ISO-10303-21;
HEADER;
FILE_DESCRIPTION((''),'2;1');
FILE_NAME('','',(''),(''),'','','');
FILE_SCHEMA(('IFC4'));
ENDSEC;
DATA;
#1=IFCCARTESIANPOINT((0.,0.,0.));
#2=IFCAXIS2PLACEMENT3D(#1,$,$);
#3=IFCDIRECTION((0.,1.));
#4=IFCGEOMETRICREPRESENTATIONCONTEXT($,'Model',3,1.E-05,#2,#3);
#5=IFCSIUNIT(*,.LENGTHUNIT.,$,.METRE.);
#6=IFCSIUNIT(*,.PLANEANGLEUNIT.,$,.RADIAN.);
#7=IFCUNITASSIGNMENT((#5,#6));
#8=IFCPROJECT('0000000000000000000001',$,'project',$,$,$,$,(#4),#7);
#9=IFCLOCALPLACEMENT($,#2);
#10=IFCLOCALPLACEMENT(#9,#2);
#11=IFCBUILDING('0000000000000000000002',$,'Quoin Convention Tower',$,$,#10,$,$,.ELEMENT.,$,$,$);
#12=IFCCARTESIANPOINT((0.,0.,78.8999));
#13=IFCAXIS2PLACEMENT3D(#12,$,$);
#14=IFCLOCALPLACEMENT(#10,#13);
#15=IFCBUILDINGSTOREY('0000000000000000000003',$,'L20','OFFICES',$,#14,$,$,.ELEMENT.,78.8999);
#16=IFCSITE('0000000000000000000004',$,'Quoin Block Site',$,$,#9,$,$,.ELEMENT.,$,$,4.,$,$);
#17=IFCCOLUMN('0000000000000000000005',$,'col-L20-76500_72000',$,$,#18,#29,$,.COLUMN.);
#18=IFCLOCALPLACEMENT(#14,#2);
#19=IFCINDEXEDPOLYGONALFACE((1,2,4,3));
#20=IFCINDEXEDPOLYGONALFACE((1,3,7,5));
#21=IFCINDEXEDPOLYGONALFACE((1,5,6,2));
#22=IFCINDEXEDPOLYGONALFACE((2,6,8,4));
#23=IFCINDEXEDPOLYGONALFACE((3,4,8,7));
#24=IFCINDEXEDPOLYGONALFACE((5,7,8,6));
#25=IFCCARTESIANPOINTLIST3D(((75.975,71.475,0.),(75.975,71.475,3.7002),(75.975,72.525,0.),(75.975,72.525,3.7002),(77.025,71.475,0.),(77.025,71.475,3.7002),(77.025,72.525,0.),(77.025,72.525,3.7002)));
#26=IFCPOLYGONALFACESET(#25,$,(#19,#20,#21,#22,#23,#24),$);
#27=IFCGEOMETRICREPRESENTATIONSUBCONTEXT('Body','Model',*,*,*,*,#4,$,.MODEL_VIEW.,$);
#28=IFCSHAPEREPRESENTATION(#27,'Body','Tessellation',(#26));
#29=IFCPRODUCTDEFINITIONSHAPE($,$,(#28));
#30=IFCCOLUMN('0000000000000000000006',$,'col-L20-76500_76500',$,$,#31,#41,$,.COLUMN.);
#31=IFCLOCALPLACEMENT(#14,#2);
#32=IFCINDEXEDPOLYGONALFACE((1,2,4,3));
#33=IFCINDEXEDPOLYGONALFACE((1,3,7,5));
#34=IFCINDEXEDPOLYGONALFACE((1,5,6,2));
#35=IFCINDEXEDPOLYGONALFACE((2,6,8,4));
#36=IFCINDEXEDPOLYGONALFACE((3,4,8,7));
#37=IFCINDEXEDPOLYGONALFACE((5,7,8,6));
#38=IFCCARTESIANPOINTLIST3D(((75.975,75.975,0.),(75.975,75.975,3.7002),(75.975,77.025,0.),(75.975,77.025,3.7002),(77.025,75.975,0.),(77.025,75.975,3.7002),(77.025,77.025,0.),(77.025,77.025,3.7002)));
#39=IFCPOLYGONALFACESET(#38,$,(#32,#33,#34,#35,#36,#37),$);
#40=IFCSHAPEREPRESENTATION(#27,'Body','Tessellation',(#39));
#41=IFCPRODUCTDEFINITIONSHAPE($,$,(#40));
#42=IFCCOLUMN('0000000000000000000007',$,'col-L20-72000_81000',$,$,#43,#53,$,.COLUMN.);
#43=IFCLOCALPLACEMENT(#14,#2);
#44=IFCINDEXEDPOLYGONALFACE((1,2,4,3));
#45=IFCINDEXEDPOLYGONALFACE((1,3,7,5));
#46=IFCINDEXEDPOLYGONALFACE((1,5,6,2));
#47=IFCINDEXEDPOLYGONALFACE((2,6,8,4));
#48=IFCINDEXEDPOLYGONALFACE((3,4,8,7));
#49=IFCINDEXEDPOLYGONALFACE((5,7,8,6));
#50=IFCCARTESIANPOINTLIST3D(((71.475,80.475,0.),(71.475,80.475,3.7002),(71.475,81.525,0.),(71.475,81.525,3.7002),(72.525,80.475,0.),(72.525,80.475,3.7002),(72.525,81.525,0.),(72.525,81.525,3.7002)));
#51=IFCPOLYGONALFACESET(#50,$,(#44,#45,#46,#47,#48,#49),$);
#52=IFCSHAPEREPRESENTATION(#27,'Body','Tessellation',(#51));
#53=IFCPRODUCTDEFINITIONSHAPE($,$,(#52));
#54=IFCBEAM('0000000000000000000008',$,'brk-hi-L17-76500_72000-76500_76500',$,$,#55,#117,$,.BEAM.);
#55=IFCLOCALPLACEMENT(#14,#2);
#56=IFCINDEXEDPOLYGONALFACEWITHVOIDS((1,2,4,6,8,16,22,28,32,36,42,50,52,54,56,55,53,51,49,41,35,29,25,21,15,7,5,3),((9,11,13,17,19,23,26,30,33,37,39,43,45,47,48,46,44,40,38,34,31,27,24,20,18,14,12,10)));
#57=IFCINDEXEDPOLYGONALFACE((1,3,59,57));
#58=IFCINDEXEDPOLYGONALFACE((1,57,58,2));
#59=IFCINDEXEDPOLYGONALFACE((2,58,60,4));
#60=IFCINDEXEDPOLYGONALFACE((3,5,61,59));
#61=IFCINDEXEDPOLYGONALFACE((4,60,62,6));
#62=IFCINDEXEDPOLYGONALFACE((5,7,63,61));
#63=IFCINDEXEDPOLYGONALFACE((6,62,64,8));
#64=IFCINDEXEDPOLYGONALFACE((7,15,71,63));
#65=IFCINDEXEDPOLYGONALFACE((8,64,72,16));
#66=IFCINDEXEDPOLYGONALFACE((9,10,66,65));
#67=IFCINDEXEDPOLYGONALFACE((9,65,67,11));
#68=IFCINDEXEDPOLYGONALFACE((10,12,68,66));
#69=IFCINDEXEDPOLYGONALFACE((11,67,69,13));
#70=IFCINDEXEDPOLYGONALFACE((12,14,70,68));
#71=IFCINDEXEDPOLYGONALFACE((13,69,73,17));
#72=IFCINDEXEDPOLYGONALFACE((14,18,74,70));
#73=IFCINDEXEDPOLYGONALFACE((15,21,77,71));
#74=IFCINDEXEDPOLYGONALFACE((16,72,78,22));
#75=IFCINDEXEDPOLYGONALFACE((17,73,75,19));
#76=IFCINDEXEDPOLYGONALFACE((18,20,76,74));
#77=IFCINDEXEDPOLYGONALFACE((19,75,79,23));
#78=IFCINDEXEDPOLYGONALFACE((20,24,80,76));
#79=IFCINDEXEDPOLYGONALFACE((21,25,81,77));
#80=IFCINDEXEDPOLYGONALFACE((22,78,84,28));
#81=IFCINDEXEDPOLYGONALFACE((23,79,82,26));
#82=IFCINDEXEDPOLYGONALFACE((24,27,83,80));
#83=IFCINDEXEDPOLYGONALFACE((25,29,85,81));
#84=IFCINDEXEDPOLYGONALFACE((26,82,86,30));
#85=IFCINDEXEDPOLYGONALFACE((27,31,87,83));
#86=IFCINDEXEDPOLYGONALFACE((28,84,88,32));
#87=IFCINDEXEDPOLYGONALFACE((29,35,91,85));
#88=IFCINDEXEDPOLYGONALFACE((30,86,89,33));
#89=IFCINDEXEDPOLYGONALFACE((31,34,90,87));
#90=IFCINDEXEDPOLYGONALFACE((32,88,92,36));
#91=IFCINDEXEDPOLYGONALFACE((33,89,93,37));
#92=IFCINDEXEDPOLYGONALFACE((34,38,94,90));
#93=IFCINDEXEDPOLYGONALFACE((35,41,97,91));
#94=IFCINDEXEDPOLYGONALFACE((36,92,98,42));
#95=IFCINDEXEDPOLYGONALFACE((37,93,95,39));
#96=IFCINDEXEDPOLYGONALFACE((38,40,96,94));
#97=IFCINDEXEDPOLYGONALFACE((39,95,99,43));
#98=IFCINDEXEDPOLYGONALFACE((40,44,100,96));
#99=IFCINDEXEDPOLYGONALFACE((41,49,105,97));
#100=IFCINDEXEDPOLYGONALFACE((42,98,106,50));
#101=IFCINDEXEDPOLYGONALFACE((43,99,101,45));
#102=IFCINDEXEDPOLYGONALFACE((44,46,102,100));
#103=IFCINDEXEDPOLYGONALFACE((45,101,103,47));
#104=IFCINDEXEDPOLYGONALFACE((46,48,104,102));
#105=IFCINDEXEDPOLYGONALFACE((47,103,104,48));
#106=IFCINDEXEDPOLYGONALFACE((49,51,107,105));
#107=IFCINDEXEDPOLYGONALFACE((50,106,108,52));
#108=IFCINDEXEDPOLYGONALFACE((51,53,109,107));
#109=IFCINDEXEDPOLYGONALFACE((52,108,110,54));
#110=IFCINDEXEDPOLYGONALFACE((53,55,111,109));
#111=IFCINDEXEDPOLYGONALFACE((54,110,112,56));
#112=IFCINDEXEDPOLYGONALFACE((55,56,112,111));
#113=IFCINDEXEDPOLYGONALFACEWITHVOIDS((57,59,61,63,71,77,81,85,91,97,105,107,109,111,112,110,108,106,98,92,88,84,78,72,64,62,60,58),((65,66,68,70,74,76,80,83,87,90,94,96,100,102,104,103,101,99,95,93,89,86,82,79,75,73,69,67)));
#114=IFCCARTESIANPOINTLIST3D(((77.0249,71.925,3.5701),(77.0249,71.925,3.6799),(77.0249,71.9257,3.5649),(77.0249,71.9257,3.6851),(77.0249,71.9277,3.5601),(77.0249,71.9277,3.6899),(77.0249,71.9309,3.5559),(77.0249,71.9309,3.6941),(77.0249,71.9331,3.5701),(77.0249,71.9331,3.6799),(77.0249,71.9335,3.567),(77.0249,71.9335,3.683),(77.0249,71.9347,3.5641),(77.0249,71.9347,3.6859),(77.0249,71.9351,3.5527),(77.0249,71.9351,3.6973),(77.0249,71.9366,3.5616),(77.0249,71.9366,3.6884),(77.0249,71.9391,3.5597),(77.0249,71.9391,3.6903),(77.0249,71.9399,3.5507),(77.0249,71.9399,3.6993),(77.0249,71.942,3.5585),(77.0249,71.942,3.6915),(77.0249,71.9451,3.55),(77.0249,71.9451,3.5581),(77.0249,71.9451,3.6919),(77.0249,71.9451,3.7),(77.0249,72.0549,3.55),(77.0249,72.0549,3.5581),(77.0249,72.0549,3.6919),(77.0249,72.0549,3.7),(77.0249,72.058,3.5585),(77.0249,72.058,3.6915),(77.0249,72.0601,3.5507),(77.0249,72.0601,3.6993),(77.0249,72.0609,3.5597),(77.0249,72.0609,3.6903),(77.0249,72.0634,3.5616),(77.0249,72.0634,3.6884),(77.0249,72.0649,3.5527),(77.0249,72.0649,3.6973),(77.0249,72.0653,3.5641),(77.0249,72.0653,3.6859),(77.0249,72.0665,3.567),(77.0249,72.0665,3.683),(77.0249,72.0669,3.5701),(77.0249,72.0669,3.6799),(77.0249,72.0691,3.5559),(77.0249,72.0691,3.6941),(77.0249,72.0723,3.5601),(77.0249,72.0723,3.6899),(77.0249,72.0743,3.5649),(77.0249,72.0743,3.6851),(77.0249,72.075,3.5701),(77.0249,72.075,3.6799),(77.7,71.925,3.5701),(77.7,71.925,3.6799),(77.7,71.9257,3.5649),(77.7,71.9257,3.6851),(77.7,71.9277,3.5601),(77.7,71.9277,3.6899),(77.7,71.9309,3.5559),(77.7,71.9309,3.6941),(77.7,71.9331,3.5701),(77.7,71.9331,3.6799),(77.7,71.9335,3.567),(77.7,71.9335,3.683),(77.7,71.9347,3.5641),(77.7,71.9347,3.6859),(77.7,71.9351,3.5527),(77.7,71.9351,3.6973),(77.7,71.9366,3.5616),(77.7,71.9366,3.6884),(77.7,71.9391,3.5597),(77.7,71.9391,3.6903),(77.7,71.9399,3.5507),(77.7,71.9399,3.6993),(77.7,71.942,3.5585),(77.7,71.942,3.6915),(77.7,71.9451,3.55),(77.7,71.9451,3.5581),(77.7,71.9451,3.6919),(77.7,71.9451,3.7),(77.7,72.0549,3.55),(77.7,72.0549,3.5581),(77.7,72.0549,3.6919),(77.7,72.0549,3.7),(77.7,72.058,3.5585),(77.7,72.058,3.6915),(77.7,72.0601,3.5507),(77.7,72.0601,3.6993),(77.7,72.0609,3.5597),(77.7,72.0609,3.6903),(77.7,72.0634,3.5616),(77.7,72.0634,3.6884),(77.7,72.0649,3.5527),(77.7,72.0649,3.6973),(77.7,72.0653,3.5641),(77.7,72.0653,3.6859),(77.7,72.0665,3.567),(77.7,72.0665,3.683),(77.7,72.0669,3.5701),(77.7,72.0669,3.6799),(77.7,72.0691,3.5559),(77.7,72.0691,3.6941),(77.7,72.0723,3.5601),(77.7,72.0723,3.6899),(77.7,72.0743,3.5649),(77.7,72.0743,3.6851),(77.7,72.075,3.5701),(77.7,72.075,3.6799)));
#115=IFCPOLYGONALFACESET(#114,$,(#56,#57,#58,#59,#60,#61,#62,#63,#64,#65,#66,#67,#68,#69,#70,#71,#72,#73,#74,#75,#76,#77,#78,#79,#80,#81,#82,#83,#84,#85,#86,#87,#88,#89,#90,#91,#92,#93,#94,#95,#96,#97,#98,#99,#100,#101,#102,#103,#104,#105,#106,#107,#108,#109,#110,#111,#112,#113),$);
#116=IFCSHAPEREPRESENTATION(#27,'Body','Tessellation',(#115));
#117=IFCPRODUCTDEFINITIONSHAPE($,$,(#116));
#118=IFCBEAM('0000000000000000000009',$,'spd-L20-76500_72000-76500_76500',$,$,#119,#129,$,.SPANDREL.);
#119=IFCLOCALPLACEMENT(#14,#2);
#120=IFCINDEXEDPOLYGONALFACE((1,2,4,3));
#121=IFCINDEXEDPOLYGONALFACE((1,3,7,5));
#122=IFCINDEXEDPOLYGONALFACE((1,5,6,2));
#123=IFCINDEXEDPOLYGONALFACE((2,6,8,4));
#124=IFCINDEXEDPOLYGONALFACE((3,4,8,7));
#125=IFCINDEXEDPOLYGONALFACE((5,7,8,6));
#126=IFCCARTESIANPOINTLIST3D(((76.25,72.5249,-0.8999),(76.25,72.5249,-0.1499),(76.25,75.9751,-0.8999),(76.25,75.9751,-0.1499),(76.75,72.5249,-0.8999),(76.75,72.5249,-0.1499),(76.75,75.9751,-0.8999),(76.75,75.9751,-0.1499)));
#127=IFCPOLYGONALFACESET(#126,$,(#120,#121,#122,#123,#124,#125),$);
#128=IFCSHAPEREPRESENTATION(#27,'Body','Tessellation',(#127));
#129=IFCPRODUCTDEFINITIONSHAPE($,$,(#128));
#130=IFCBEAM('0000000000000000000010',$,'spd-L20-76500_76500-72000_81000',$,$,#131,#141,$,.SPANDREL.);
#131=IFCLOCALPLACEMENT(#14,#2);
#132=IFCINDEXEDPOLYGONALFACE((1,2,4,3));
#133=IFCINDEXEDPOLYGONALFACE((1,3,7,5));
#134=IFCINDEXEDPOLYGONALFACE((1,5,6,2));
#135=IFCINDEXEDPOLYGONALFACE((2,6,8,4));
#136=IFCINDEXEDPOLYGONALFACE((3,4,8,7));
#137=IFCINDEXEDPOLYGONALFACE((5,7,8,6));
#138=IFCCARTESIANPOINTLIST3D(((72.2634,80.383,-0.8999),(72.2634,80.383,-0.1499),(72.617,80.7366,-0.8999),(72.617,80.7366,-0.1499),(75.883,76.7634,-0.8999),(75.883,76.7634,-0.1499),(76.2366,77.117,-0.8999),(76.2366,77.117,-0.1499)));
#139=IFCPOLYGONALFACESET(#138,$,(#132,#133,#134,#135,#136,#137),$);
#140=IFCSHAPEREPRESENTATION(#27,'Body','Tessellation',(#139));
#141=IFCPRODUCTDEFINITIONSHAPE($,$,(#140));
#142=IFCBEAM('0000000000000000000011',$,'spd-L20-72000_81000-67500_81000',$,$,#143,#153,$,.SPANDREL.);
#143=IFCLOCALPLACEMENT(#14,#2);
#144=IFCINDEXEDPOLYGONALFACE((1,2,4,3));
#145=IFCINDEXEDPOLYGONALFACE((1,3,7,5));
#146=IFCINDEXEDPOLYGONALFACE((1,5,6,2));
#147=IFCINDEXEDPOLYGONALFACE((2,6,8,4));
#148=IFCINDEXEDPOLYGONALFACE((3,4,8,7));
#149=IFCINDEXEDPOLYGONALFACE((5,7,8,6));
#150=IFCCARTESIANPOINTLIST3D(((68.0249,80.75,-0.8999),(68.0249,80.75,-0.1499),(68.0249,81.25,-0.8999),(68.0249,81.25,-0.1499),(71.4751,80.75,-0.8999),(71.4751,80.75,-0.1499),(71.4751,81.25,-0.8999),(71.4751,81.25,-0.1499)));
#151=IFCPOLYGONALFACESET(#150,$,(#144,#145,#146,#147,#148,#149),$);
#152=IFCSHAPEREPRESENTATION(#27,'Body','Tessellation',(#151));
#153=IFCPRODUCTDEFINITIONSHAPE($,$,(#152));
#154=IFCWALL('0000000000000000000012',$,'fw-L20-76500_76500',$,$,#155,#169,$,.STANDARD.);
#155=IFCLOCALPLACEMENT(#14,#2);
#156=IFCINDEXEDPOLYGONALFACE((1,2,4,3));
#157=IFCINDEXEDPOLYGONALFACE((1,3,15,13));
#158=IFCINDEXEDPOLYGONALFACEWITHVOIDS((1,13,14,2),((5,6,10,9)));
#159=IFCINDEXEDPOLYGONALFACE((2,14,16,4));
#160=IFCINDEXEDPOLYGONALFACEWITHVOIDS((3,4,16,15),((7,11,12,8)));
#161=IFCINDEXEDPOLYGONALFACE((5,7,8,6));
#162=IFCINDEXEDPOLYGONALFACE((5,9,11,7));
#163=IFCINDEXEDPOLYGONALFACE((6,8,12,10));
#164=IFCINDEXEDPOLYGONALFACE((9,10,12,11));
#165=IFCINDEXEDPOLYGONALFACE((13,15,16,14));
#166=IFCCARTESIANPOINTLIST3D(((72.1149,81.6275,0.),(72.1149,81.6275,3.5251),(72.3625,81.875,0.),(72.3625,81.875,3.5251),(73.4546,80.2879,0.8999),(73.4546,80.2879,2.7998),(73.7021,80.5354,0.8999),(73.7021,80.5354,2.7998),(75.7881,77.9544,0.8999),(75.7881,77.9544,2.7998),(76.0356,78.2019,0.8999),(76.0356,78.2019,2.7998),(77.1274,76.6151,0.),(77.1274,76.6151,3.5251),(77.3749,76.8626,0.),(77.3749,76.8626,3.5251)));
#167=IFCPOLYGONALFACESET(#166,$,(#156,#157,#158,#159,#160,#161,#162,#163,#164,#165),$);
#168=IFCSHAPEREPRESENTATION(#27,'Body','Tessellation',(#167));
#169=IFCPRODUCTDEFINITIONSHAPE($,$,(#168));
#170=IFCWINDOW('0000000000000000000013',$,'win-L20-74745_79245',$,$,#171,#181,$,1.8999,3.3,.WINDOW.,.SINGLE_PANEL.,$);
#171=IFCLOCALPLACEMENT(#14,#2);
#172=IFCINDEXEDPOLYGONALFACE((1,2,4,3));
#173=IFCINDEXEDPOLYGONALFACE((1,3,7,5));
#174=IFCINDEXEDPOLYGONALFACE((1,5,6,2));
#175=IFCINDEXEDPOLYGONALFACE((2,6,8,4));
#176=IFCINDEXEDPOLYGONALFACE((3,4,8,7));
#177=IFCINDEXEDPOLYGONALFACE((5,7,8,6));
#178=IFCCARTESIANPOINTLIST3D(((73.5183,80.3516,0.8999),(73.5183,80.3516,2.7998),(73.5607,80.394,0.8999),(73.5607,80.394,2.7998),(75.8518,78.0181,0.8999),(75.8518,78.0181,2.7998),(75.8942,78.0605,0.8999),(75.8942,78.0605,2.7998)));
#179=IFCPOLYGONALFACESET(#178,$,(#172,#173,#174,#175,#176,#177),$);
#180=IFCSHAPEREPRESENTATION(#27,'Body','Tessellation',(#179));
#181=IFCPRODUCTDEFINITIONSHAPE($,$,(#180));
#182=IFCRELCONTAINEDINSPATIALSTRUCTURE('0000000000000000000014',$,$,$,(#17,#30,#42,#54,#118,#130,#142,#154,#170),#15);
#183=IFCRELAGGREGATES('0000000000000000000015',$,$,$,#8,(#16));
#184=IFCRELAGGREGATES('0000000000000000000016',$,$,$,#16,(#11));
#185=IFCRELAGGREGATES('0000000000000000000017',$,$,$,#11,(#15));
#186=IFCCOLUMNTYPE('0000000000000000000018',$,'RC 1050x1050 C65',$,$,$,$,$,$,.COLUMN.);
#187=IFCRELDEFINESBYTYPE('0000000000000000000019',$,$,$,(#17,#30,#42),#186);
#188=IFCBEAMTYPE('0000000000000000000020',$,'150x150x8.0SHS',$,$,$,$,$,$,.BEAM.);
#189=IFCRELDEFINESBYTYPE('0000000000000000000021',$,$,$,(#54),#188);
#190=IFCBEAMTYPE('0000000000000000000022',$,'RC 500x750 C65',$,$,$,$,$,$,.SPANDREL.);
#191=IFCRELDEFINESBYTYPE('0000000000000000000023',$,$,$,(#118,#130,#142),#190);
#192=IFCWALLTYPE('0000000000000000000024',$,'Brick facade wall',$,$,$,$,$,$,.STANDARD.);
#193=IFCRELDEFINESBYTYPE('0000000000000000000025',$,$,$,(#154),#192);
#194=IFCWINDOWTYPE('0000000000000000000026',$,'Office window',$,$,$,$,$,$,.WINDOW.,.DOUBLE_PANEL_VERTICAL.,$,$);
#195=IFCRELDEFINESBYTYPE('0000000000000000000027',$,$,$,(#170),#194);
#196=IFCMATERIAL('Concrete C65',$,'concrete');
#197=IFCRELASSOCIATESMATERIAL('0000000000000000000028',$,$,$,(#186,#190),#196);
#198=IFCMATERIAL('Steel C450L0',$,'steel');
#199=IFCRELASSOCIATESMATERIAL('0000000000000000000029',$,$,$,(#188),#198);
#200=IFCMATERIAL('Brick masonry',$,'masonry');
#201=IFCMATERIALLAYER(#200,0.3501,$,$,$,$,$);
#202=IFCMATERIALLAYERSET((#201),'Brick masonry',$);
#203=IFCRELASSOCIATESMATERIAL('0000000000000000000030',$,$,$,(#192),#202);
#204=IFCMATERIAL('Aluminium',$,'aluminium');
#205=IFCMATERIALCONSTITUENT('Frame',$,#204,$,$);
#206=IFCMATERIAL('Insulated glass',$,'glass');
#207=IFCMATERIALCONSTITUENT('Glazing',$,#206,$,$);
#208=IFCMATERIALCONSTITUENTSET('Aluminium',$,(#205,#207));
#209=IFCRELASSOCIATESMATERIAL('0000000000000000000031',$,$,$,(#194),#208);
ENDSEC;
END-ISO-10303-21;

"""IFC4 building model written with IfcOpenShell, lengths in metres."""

from ifc_helpers import new_model, si_unit, direction, frame, frame_2d, origin, origin_2d, place, context, subcontext, project, spatial, rectangle, hollow_rectangle, extrude, material, layer, layer_set, constituent, constituent_set, material_profile, profile_set, type_object, element, fill, save


model = new_model("IFC4")

# Units and contexts
model_context = context("Model", 3, precision=1e-05, world=origin(), true_north=direction((0.0, 1.0)))
body_context = subcontext(model_context, "Body", "Model", "MODEL_VIEW")
ifc_project = project(units=[si_unit("LENGTHUNIT", "METRE"), si_unit("PLANEANGLEUNIT", "RADIAN")], contexts=[model_context])

# Site, building, storey
site_placement = place(None, origin())
site = spatial("IfcSite", under=ifc_project, at=site_placement, Name="Quoin Block Site", CompositionType="ELEMENT", RefElevation=4.0)
building_placement = place(site_placement, origin())
building = spatial("IfcBuilding", under=site, at=building_placement, Name="Quoin Convention Tower", CompositionType="ELEMENT")
storey_placement = place(building_placement, frame((0.0, 0.0, 78.8999)))
storey = spatial("IfcBuildingStorey", under=building, at=storey_placement, Name="L20", Description="OFFICES", CompositionType="ELEMENT", Elevation=78.8999)

# Columns
ifc_material_1 = material(Name="Concrete C65", Category="concrete")
ifc_material_profile_1 = material_profile(ifc_material_1, rectangle(XDim=1.05, YDim=1.05, at=origin_2d()), Name="RC 1050x1050")
ifc_profile_set_1 = profile_set([ifc_material_profile_1], Name="Concrete C65")
column_type = type_object("IfcColumnType", Name="RC 1050x1050 C65", PredefinedType="COLUMN", material=ifc_profile_set_1)
for number, where, z_axis, x_axis, name in (
    (1, (76.5, 72.0, 0.0), (0.0, 0.0, 1.0), (1.0, 0.0, 0.0), "col-L20-76500_72000"),
    (2, (76.5, 76.5, 0.0), (0.0, 0.0, 1.0), (1.0, 0.0, 0.0), "col-L20-76500_76500"),
    (3, (72.0, 81.0, 0.0), (0.0, 0.0, 1.0), (1.0, 0.0, 0.0), "col-L20-72000_81000"),
):
    element("IfcColumn", number, at=place(storey_placement, frame(where, z_axis=z_axis, x_axis=x_axis)), inside=storey, type_object=column_type, Name=name, PredefinedType="COLUMN", context=body_context, shape_type="SweptSolid", body=[
        extrude(rectangle(XDim=1.05, YDim=1.05, at=origin_2d()), origin(), (0.0, 0.0, 1.0), 3.7002),
    ])

# Beams
ifc_material_2 = material(Name="Steel C450L0", Category="steel")
ifc_material_profile_2 = material_profile(ifc_material_2, hollow_rectangle(XDim=0.1499, YDim=0.1499, WallThickness=0.0081, InnerFilletRadius=0.012, OuterFilletRadius=0.02, at=origin_2d()), Name="150x150x8.0SHS")
ifc_profile_set_2 = profile_set([ifc_material_profile_2], Name="Steel C450L0")
beam_type_1 = type_object("IfcBeamType", Name="150x150x8.0SHS", PredefinedType="BEAM", material=ifc_profile_set_2)
beam_1_placement = place(storey_placement, frame((77.0249, 72.0, 3.625), z_axis=(1.0, 0.0, 0.0), x_axis=(0.0, 1.0, 0.0)))
element("IfcBeam", 4, at=beam_1_placement, inside=storey, type_object=beam_type_1, Name="brk-hi-L17-76500_72000-76500_76500", PredefinedType="BEAM", context=body_context, shape_type="SweptSolid", body=[
    extrude(hollow_rectangle(XDim=0.1499, YDim=0.1499, WallThickness=0.0081, InnerFilletRadius=0.012, OuterFilletRadius=0.02, at=origin_2d()), origin(), (0.0, 0.0, 1.0), 0.675),
])
ifc_material_profile_3 = material_profile(ifc_material_1, rectangle(XDim=0.5, YDim=0.75, at=origin_2d()), Name="RC 500x750")
ifc_profile_set_3 = profile_set([ifc_material_profile_3], Name="Concrete C65")
beam_type_2 = type_object("IfcBeamType", Name="RC 500x750 C65", PredefinedType="SPANDREL", material=ifc_profile_set_3)
beam_2_placement = place(storey_placement, frame((76.5, 72.5249, -0.5249), z_axis=(0.0, 1.0, 0.0), x_axis=(-1.0, 0.0, 0.0)))
element("IfcBeam", 5, at=beam_2_placement, inside=storey, type_object=beam_type_2, Name="spd-L20-76500_72000-76500_76500", PredefinedType="SPANDREL", context=body_context, shape_type="SweptSolid", body=[
    extrude(rectangle(XDim=0.5, YDim=0.75, at=origin_2d()), origin(), (0.0, 0.0, 1.0), 3.4502),
])
beam_3_placement = place(storey_placement, frame((76.0598, 76.9402, -0.5249), z_axis=(-0.707107, 0.707107, 0.0), x_axis=(-0.707107, -0.707107, 0.0)))
element("IfcBeam", 6, at=beam_3_placement, inside=storey, type_object=beam_type_2, Name="spd-L20-76500_76500-72000_81000", PredefinedType="SPANDREL", context=body_context, shape_type="SweptSolid", body=[
    extrude(rectangle(XDim=0.5, YDim=0.75, at=origin_2d()), origin(), (0.0, 0.0, 1.0), 5.1189),
])
beam_4_placement = place(storey_placement, frame((71.4751, 81.0, -0.5249), z_axis=(-1.0, 0.0, 0.0), x_axis=(0.0, -1.0, 0.0)))
element("IfcBeam", 7, at=beam_4_placement, inside=storey, type_object=beam_type_2, Name="spd-L20-72000_81000-67500_81000", PredefinedType="SPANDREL", context=body_context, shape_type="SweptSolid", body=[
    extrude(rectangle(XDim=0.5, YDim=0.75, at=origin_2d()), origin(), (0.0, 0.0, 1.0), 3.4502),
])

# Wall, opening, window
ifc_material_3 = material(Name="Brick masonry", Category="masonry")
ifc_layer_1 = layer(ifc_material_3, 0.3501)
ifc_layer_set_1 = layer_set([ifc_layer_1], Name="Brick masonry")
wall_type_1 = type_object("IfcWallType", Name="Brick facade wall", PredefinedType="STANDARD", material=ifc_layer_set_1)
wall_1_placement = place(storey_placement, frame((77.2512, 76.7388, 0.0), z_axis=(0.0, 0.0, 1.0), x_axis=(-0.707107, 0.707107, 0.0)))
wall_1 = element("IfcWall", 8, at=wall_1_placement, inside=storey, type_object=wall_type_1, Name="fw-L20-76500_76500", PredefinedType="STANDARD", context=body_context, shape_type="SweptSolid", body=[
    extrude(rectangle(XDim=7.0886, YDim=0.3501, at=frame_2d((3.5444, 0.0))), origin(), (0.0, 0.0, 1.0), 3.5251),
])
opening_1_placement = place(wall_1_placement, frame((1.8943, 0.0, 0.8999)))
opening_1 = element("IfcOpeningElement", 9, at=opening_1_placement, cuts=wall_1, PredefinedType="OPENING", context=body_context, shape_type="SweptSolid", body=[
    extrude(rectangle(XDim=3.3, YDim=1.8999, at=frame_2d((1.6499, 0.95))), frame((0.0, 0.1851, 0.0), z_axis=(0.0, -1.0, 0.0), x_axis=(1.0, 0.0, 0.0)), (0.0, 0.0, 1.0), 0.3701),
])
ifc_material_4 = material(Name="Aluminium", Category="aluminium")
ifc_constituent_1 = constituent(ifc_material_4, Name="Frame")
ifc_material_5 = material(Name="Insulated glass", Category="glass")
ifc_constituent_2 = constituent(ifc_material_5, Name="Glazing")
ifc_constituent_set = constituent_set(constituents=[ifc_constituent_1, ifc_constituent_2], Name="Aluminium")
window_type = type_object("IfcWindowType", Name="Office window", PartitioningType="DOUBLE_PANEL_VERTICAL", PredefinedType="WINDOW", material=ifc_constituent_set)
window_1_placement = place(opening_1_placement, origin())
window_1 = element("IfcWindow", 10, at=window_1_placement, inside=storey, type_object=window_type, Name="win-L20-74745_79245", OverallHeight=1.8999, OverallWidth=3.3, PartitioningType="SINGLE_PANEL", PredefinedType="WINDOW", context=body_context, shape_type="SweptSolid", body=[
    extrude(rectangle(XDim=3.3, YDim=1.8999, at=frame_2d((1.6499, 0.95))), frame((0.0, 0.085, 0.0), z_axis=(0.0, -1.0, 0.0), x_axis=(1.0, 0.0, 0.0)), (0.0, 0.0, 1.0), 0.0601),
])
fill(opening_1, window_1)

save(model, "model.ifc")
